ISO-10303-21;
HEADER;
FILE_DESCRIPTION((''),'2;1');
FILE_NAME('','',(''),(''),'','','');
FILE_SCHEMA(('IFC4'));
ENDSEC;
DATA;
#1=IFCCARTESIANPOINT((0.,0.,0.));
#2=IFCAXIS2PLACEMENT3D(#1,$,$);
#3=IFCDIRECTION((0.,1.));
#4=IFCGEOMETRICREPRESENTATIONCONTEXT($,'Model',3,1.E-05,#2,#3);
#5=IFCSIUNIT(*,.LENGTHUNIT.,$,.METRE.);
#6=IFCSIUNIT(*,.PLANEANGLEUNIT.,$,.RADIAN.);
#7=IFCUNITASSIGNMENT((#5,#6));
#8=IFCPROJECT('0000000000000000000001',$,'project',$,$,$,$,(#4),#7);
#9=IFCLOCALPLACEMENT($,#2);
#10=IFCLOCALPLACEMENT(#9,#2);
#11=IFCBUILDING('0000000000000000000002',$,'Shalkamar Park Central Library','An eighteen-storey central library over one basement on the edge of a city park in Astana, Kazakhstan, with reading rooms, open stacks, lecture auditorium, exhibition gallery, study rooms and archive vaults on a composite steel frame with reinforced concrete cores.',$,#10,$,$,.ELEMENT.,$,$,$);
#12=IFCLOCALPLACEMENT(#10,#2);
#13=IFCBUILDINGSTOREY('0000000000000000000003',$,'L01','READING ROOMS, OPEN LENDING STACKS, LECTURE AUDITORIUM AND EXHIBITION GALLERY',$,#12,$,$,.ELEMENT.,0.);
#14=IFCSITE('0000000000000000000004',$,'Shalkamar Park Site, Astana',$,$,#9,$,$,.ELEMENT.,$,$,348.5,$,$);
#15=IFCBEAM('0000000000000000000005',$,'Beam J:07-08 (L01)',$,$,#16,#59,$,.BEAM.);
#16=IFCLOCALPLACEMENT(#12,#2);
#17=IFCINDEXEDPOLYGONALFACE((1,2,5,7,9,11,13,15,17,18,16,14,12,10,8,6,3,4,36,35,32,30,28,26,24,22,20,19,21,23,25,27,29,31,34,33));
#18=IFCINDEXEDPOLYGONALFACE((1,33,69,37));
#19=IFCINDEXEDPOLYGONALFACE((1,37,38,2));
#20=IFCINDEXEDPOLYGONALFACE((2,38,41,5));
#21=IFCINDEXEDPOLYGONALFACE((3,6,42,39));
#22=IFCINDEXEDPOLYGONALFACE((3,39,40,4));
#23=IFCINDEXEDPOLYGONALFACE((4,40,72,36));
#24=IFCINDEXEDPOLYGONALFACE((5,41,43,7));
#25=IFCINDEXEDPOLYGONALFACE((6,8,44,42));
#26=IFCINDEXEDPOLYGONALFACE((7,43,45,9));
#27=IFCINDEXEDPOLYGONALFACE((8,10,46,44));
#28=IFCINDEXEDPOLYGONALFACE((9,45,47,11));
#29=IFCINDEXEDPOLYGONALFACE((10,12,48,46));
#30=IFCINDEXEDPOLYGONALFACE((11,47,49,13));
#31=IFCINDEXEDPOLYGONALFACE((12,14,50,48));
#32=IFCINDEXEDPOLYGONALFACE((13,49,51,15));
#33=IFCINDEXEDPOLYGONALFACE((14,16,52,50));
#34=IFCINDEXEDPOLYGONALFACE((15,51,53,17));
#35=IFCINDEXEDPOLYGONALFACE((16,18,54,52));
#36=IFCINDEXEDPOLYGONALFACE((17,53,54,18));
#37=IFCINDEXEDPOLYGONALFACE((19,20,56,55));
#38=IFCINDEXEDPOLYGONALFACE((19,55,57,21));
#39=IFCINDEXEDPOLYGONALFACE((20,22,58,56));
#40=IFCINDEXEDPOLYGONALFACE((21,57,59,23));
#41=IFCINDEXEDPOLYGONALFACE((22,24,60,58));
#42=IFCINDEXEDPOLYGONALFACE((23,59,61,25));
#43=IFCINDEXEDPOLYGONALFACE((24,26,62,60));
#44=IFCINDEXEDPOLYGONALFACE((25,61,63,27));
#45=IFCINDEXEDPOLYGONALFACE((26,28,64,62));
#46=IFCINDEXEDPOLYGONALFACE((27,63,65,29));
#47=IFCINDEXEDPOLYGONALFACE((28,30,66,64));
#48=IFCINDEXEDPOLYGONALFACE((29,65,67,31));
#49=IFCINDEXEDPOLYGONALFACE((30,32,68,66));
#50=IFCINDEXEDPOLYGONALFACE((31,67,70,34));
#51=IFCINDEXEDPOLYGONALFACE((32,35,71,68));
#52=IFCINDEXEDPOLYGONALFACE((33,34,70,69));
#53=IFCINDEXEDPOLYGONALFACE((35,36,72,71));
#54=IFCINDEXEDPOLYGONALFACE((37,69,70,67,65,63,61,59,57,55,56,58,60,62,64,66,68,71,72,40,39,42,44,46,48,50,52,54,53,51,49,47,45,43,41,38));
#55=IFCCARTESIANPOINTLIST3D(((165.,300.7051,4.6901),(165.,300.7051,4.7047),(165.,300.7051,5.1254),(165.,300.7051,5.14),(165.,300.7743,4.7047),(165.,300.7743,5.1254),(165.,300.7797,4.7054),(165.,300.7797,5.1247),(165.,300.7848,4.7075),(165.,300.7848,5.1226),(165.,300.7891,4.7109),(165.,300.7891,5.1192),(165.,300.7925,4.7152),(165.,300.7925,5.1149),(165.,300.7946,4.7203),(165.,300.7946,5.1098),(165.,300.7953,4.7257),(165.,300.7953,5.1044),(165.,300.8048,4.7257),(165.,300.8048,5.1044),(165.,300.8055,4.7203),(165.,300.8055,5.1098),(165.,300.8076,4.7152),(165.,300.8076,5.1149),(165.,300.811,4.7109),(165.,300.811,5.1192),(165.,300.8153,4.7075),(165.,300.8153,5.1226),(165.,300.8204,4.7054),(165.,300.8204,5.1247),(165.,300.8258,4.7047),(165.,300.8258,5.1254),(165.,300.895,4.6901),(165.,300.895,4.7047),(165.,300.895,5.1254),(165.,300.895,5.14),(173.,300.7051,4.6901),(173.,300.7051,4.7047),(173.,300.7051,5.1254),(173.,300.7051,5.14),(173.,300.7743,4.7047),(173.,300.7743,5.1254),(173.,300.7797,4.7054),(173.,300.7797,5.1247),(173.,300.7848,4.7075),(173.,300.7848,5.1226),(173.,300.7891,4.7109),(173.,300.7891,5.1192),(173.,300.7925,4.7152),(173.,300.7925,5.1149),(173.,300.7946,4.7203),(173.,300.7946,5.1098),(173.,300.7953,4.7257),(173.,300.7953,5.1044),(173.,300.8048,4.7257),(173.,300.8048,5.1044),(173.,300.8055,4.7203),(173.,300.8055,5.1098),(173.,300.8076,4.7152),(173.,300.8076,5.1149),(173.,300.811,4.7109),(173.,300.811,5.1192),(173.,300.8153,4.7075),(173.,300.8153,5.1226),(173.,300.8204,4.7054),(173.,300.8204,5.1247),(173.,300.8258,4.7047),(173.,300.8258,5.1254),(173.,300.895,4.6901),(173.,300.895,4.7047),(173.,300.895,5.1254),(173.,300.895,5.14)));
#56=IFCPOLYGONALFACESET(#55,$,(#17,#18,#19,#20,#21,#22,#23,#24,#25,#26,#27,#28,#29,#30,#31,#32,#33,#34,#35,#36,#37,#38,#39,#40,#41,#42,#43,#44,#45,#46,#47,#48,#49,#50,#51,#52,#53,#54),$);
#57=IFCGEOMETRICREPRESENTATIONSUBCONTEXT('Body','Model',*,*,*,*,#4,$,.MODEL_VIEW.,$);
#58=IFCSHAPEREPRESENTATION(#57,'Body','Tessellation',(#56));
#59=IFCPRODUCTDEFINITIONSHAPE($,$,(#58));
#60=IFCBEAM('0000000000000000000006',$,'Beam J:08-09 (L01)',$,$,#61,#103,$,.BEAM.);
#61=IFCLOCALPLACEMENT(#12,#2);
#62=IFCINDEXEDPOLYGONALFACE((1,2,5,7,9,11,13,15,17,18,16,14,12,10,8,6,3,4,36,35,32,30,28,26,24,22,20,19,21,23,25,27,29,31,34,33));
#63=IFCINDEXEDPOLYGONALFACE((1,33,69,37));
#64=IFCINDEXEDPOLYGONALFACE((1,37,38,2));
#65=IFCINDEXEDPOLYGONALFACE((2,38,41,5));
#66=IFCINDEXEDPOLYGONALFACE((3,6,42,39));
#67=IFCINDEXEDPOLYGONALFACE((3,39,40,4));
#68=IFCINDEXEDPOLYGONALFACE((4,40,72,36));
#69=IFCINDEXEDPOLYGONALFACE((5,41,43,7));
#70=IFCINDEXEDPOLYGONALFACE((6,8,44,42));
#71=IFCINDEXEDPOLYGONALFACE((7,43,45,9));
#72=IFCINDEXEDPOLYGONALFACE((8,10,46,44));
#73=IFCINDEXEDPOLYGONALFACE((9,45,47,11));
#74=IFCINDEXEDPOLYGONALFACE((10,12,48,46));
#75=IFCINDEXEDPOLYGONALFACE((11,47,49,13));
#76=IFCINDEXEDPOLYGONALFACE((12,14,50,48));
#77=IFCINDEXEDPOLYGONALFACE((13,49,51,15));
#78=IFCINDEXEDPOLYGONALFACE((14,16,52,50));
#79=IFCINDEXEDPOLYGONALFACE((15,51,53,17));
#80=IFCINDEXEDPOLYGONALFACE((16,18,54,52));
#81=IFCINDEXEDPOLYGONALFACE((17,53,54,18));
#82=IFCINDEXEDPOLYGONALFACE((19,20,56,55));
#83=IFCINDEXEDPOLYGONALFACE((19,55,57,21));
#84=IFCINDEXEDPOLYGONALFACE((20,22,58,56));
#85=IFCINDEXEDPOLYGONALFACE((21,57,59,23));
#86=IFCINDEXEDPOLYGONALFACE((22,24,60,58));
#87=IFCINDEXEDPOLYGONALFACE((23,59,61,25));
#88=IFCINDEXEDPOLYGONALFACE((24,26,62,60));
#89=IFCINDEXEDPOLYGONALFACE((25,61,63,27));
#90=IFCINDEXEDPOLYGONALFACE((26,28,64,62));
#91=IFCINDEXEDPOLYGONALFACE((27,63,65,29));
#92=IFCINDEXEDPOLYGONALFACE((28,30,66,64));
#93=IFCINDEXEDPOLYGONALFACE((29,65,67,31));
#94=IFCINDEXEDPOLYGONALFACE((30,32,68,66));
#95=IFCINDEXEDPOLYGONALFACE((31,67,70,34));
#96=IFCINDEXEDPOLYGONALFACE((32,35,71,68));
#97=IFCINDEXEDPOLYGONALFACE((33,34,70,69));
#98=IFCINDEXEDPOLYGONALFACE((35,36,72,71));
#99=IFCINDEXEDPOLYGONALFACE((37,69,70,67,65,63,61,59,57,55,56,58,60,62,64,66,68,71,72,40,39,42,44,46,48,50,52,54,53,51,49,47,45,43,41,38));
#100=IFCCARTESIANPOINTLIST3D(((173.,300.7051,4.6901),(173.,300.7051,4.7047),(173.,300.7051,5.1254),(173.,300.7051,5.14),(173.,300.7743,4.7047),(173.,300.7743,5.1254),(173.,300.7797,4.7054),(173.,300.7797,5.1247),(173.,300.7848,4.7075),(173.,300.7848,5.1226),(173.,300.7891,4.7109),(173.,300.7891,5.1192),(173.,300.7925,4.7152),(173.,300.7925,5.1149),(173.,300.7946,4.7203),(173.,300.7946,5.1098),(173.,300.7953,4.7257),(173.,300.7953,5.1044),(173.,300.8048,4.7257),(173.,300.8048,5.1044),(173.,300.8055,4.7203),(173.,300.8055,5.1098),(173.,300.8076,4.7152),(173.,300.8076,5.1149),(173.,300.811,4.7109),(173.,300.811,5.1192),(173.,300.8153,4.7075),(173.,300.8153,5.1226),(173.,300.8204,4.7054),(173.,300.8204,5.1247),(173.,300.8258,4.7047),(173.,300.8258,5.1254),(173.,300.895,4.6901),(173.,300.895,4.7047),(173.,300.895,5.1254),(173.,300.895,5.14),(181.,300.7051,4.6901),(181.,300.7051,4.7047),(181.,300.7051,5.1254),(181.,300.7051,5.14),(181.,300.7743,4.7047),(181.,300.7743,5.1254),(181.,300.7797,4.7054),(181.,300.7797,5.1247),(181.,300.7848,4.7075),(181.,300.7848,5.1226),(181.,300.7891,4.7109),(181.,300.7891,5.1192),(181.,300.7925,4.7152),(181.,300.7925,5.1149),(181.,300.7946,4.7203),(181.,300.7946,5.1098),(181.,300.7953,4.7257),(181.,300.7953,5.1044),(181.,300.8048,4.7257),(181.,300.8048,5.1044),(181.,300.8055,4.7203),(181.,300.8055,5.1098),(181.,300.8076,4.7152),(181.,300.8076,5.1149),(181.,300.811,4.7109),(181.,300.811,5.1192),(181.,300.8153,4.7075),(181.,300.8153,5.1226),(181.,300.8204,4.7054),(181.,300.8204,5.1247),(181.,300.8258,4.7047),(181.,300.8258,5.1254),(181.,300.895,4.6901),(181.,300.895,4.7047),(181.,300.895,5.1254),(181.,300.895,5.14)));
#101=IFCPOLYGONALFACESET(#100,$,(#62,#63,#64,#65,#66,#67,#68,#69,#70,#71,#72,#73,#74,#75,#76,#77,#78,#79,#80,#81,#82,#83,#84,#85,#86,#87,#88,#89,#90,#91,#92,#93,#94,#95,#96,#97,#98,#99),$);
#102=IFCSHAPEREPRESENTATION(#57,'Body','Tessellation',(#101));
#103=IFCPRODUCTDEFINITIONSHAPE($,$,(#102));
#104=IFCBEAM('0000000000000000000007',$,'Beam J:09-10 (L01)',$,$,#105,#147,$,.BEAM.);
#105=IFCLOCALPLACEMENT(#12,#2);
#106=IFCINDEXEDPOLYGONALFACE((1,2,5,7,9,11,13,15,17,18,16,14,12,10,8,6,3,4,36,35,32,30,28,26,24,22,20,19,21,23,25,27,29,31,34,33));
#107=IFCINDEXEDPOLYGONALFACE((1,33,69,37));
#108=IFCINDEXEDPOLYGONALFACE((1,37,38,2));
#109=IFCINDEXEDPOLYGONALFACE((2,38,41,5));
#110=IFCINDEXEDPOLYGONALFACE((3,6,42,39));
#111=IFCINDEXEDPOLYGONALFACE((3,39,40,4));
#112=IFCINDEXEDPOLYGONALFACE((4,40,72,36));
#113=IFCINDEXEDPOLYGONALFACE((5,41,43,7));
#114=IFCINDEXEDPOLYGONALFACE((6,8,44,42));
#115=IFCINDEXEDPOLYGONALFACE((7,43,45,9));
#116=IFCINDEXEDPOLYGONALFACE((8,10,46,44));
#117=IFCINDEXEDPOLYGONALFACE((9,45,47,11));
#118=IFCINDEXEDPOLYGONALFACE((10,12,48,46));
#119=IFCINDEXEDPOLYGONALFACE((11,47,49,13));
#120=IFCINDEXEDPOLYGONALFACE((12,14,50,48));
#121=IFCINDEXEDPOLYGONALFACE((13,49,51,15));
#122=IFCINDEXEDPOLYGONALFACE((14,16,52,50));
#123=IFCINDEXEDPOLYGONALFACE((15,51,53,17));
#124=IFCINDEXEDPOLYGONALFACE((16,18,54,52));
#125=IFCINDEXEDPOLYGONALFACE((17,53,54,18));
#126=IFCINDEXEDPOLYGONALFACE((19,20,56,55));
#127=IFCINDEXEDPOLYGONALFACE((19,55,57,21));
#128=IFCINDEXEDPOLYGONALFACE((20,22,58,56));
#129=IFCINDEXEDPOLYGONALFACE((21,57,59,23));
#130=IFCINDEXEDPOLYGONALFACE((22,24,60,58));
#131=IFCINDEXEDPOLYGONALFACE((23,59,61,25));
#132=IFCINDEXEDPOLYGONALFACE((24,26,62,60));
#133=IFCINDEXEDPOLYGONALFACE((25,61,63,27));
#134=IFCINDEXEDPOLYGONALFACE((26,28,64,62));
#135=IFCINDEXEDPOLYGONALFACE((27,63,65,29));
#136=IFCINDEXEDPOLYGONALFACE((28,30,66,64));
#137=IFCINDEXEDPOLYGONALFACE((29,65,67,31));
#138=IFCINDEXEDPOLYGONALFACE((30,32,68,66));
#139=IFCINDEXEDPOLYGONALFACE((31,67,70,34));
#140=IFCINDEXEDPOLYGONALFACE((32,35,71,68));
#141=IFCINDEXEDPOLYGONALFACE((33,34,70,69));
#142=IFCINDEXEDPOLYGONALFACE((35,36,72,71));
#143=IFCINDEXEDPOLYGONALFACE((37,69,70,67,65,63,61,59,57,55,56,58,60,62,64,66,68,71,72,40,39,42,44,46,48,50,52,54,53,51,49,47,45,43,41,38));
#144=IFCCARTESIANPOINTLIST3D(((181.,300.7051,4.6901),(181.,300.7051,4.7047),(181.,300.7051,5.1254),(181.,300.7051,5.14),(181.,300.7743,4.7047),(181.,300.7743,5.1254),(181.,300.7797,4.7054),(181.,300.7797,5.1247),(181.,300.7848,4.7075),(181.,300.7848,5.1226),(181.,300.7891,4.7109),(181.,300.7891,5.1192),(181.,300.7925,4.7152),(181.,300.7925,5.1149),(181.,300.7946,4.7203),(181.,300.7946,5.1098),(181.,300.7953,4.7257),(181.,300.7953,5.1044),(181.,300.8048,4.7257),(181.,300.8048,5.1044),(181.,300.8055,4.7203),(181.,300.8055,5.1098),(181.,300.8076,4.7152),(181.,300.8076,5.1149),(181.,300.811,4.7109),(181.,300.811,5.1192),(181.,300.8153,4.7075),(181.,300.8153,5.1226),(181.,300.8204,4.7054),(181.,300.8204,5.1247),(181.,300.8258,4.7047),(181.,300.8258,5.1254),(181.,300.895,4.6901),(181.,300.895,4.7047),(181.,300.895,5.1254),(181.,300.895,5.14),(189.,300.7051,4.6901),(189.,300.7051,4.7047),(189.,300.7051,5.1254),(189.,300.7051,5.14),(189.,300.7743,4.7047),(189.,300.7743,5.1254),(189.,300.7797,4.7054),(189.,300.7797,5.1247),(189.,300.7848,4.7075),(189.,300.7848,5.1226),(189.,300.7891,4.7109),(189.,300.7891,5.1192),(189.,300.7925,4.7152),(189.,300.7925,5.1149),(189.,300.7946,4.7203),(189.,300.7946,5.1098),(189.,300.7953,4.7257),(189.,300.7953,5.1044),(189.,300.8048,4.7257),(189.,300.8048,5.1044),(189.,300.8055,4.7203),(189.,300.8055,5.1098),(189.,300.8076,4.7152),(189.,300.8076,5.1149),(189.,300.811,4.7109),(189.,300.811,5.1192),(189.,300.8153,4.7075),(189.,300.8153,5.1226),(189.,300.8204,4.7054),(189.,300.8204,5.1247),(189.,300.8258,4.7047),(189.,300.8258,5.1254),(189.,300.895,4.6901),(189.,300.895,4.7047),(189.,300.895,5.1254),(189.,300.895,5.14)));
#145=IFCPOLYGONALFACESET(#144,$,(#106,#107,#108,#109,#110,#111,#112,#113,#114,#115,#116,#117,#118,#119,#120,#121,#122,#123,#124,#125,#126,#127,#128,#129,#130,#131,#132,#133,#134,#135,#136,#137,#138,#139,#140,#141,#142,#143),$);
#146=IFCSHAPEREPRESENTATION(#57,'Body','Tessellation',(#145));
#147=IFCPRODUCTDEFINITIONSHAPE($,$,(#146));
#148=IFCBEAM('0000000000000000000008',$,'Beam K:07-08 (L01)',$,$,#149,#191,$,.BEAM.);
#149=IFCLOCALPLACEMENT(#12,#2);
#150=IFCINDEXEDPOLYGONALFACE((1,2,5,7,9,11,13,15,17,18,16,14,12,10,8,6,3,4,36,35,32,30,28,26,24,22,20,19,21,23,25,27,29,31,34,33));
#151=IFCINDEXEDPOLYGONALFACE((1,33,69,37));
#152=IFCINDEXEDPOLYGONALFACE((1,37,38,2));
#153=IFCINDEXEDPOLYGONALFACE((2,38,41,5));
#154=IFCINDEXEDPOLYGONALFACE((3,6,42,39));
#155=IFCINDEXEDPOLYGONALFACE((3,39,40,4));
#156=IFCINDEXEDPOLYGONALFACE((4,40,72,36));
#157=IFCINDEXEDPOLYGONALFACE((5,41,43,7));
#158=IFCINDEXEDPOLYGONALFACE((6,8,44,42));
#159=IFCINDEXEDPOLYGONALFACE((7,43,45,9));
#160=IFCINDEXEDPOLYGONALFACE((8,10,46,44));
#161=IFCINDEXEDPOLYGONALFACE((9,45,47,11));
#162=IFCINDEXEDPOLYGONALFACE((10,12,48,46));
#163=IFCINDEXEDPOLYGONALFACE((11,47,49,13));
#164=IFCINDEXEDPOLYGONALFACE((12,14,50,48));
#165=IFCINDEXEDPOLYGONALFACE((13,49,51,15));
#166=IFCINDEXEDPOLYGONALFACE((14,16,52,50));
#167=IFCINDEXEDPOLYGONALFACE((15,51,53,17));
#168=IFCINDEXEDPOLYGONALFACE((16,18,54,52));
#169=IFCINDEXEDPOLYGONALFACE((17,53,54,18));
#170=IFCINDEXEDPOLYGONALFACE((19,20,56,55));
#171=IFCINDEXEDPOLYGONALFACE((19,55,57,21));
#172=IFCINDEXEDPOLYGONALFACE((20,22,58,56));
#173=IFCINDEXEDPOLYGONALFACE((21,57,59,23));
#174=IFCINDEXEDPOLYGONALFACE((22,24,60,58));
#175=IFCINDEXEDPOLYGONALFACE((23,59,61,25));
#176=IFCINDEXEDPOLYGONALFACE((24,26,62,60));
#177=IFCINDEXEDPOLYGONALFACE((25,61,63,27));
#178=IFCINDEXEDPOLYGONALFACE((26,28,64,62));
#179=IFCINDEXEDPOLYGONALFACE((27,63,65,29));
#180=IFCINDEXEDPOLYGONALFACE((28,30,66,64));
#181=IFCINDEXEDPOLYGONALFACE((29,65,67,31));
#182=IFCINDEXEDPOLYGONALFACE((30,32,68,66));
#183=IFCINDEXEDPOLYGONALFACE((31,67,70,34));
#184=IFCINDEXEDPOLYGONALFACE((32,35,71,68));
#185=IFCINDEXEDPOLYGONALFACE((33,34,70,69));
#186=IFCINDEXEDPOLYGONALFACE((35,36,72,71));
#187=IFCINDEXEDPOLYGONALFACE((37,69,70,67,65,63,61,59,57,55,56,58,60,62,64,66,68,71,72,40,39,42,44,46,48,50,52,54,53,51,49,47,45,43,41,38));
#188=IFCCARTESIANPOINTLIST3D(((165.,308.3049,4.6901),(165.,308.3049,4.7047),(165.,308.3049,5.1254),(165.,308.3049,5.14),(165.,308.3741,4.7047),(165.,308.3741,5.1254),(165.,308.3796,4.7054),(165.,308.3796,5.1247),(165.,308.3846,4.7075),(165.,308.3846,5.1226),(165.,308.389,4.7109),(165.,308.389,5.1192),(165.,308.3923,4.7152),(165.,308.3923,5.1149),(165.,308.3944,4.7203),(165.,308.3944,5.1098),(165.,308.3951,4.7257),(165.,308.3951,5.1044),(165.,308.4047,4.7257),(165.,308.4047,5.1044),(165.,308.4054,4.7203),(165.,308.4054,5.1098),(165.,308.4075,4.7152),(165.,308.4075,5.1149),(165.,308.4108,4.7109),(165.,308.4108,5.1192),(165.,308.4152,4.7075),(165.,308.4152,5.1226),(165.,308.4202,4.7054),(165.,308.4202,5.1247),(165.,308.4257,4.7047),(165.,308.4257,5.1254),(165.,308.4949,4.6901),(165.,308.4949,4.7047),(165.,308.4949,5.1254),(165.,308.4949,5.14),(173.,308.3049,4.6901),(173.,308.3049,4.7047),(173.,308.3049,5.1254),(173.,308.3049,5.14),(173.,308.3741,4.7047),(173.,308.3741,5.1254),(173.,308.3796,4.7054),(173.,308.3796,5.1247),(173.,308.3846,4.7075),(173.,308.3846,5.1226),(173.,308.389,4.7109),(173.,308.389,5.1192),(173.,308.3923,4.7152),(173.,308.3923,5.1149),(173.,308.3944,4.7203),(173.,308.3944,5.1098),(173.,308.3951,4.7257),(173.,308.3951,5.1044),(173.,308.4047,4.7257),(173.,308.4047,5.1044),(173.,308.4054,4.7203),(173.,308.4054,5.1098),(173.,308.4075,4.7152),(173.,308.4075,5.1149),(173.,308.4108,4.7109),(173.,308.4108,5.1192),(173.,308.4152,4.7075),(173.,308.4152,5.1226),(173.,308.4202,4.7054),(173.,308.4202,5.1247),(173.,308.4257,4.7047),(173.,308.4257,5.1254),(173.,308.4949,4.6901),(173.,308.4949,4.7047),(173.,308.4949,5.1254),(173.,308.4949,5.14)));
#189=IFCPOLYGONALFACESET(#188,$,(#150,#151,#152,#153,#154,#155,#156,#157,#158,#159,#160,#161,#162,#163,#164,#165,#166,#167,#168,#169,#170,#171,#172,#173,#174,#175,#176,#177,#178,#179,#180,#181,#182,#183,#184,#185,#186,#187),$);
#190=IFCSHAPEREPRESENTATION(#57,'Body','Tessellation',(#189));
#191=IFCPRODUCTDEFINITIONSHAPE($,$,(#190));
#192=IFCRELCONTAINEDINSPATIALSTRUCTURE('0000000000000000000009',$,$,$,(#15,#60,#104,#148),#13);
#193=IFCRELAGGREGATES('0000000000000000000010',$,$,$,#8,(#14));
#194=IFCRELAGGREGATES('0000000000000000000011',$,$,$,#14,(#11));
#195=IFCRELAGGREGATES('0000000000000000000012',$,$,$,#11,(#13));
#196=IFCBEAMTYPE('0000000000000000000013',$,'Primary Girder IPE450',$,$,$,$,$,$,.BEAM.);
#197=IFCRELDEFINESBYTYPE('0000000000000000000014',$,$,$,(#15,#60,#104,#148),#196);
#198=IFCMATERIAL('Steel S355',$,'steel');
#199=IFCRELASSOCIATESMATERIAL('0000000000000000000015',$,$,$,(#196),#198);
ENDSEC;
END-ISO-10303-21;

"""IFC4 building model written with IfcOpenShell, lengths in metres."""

from ifc_helpers import new_model, si_unit, direction, frame, origin, origin_2d, place, context, subcontext, project, spatial, i_section, extrude, material, material_profile, profile_set, type_object, element, save


model = new_model("IFC4")

# Units and contexts
model_context = context("Model", 3, precision=1e-05, world=origin(), true_north=direction((0.0, 1.0)))
body_context = subcontext(model_context, "Body", "Model", "MODEL_VIEW")
ifc_project = project(units=[si_unit("LENGTHUNIT", "METRE"), si_unit("PLANEANGLEUNIT", "RADIAN")], contexts=[model_context])

# Site, building, storey
site_placement = place(None, origin())
site = spatial("IfcSite", under=ifc_project, at=site_placement, Name="Shalkamar Park Site, Astana", CompositionType="ELEMENT", RefElevation=348.5)
building_placement = place(site_placement, origin())
building = spatial("IfcBuilding", under=site, at=building_placement, Name="Shalkamar Park Central Library", Description="An eighteen-storey central library over one basement on the edge of a city park in Astana, Kazakhstan, with reading rooms, open stacks, lecture auditorium, exhibition gallery, study rooms and archive vaults on a composite steel frame with reinforced concrete cores.", CompositionType="ELEMENT")
storey_placement = place(building_placement, origin())
storey = spatial("IfcBuildingStorey", under=building, at=storey_placement, Name="L01", Description="READING ROOMS, OPEN LENDING STACKS, LECTURE AUDITORIUM AND EXHIBITION GALLERY", CompositionType="ELEMENT", Elevation=0.0)

# Shared definitions
ifc_material_1 = material(Name="Steel S355", Category="steel")

# Beams
ifc_material_profile_1 = material_profile(ifc_material_1, i_section(OverallWidth=0.1899, OverallDepth=0.45, WebThickness=0.0095, FlangeThickness=0.0146, FilletRadius=0.021, at=origin_2d()), Name="IPE 450")
ifc_profile_set_1 = profile_set([ifc_material_profile_1], Name="Steel S355")
beam_type_1 = type_object("IfcBeamType", Name="Primary Girder IPE450", PredefinedType="BEAM", material=ifc_profile_set_1)
for number, where, z_axis, x_axis, name in (
    (1, (165.0, 300.8, 4.915), (1.0, 0.0, 0.0), (0.0, 1.0, 0.0), "Beam J:07-08 (L01)"),
    (2, (173.0, 300.8, 4.915), (1.0, 0.0, 0.0), (0.0, 1.0, 0.0), "Beam J:08-09 (L01)"),
    (3, (181.0, 300.8, 4.915), (1.0, 0.0, 0.0), (0.0, 1.0, 0.0), "Beam J:09-10 (L01)"),
    (4, (165.0, 308.3999, 4.915), (1.0, 0.0, 0.0), (0.0, 1.0, 0.0), "Beam K:07-08 (L01)"),
):
    element("IfcBeam", number, at=place(storey_placement, frame(where, z_axis=z_axis, x_axis=x_axis)), inside=storey, type_object=beam_type_1, Name=name, PredefinedType="BEAM", context=body_context, shape_type="SweptSolid", body=[
        extrude(i_section(OverallWidth=0.1899, OverallDepth=0.45, WebThickness=0.0095, FlangeThickness=0.0146, FilletRadius=0.021, at=origin_2d()), origin(), (0.0, 0.0, 1.0), 8.0),
    ])

save(model, "model.ifc")
